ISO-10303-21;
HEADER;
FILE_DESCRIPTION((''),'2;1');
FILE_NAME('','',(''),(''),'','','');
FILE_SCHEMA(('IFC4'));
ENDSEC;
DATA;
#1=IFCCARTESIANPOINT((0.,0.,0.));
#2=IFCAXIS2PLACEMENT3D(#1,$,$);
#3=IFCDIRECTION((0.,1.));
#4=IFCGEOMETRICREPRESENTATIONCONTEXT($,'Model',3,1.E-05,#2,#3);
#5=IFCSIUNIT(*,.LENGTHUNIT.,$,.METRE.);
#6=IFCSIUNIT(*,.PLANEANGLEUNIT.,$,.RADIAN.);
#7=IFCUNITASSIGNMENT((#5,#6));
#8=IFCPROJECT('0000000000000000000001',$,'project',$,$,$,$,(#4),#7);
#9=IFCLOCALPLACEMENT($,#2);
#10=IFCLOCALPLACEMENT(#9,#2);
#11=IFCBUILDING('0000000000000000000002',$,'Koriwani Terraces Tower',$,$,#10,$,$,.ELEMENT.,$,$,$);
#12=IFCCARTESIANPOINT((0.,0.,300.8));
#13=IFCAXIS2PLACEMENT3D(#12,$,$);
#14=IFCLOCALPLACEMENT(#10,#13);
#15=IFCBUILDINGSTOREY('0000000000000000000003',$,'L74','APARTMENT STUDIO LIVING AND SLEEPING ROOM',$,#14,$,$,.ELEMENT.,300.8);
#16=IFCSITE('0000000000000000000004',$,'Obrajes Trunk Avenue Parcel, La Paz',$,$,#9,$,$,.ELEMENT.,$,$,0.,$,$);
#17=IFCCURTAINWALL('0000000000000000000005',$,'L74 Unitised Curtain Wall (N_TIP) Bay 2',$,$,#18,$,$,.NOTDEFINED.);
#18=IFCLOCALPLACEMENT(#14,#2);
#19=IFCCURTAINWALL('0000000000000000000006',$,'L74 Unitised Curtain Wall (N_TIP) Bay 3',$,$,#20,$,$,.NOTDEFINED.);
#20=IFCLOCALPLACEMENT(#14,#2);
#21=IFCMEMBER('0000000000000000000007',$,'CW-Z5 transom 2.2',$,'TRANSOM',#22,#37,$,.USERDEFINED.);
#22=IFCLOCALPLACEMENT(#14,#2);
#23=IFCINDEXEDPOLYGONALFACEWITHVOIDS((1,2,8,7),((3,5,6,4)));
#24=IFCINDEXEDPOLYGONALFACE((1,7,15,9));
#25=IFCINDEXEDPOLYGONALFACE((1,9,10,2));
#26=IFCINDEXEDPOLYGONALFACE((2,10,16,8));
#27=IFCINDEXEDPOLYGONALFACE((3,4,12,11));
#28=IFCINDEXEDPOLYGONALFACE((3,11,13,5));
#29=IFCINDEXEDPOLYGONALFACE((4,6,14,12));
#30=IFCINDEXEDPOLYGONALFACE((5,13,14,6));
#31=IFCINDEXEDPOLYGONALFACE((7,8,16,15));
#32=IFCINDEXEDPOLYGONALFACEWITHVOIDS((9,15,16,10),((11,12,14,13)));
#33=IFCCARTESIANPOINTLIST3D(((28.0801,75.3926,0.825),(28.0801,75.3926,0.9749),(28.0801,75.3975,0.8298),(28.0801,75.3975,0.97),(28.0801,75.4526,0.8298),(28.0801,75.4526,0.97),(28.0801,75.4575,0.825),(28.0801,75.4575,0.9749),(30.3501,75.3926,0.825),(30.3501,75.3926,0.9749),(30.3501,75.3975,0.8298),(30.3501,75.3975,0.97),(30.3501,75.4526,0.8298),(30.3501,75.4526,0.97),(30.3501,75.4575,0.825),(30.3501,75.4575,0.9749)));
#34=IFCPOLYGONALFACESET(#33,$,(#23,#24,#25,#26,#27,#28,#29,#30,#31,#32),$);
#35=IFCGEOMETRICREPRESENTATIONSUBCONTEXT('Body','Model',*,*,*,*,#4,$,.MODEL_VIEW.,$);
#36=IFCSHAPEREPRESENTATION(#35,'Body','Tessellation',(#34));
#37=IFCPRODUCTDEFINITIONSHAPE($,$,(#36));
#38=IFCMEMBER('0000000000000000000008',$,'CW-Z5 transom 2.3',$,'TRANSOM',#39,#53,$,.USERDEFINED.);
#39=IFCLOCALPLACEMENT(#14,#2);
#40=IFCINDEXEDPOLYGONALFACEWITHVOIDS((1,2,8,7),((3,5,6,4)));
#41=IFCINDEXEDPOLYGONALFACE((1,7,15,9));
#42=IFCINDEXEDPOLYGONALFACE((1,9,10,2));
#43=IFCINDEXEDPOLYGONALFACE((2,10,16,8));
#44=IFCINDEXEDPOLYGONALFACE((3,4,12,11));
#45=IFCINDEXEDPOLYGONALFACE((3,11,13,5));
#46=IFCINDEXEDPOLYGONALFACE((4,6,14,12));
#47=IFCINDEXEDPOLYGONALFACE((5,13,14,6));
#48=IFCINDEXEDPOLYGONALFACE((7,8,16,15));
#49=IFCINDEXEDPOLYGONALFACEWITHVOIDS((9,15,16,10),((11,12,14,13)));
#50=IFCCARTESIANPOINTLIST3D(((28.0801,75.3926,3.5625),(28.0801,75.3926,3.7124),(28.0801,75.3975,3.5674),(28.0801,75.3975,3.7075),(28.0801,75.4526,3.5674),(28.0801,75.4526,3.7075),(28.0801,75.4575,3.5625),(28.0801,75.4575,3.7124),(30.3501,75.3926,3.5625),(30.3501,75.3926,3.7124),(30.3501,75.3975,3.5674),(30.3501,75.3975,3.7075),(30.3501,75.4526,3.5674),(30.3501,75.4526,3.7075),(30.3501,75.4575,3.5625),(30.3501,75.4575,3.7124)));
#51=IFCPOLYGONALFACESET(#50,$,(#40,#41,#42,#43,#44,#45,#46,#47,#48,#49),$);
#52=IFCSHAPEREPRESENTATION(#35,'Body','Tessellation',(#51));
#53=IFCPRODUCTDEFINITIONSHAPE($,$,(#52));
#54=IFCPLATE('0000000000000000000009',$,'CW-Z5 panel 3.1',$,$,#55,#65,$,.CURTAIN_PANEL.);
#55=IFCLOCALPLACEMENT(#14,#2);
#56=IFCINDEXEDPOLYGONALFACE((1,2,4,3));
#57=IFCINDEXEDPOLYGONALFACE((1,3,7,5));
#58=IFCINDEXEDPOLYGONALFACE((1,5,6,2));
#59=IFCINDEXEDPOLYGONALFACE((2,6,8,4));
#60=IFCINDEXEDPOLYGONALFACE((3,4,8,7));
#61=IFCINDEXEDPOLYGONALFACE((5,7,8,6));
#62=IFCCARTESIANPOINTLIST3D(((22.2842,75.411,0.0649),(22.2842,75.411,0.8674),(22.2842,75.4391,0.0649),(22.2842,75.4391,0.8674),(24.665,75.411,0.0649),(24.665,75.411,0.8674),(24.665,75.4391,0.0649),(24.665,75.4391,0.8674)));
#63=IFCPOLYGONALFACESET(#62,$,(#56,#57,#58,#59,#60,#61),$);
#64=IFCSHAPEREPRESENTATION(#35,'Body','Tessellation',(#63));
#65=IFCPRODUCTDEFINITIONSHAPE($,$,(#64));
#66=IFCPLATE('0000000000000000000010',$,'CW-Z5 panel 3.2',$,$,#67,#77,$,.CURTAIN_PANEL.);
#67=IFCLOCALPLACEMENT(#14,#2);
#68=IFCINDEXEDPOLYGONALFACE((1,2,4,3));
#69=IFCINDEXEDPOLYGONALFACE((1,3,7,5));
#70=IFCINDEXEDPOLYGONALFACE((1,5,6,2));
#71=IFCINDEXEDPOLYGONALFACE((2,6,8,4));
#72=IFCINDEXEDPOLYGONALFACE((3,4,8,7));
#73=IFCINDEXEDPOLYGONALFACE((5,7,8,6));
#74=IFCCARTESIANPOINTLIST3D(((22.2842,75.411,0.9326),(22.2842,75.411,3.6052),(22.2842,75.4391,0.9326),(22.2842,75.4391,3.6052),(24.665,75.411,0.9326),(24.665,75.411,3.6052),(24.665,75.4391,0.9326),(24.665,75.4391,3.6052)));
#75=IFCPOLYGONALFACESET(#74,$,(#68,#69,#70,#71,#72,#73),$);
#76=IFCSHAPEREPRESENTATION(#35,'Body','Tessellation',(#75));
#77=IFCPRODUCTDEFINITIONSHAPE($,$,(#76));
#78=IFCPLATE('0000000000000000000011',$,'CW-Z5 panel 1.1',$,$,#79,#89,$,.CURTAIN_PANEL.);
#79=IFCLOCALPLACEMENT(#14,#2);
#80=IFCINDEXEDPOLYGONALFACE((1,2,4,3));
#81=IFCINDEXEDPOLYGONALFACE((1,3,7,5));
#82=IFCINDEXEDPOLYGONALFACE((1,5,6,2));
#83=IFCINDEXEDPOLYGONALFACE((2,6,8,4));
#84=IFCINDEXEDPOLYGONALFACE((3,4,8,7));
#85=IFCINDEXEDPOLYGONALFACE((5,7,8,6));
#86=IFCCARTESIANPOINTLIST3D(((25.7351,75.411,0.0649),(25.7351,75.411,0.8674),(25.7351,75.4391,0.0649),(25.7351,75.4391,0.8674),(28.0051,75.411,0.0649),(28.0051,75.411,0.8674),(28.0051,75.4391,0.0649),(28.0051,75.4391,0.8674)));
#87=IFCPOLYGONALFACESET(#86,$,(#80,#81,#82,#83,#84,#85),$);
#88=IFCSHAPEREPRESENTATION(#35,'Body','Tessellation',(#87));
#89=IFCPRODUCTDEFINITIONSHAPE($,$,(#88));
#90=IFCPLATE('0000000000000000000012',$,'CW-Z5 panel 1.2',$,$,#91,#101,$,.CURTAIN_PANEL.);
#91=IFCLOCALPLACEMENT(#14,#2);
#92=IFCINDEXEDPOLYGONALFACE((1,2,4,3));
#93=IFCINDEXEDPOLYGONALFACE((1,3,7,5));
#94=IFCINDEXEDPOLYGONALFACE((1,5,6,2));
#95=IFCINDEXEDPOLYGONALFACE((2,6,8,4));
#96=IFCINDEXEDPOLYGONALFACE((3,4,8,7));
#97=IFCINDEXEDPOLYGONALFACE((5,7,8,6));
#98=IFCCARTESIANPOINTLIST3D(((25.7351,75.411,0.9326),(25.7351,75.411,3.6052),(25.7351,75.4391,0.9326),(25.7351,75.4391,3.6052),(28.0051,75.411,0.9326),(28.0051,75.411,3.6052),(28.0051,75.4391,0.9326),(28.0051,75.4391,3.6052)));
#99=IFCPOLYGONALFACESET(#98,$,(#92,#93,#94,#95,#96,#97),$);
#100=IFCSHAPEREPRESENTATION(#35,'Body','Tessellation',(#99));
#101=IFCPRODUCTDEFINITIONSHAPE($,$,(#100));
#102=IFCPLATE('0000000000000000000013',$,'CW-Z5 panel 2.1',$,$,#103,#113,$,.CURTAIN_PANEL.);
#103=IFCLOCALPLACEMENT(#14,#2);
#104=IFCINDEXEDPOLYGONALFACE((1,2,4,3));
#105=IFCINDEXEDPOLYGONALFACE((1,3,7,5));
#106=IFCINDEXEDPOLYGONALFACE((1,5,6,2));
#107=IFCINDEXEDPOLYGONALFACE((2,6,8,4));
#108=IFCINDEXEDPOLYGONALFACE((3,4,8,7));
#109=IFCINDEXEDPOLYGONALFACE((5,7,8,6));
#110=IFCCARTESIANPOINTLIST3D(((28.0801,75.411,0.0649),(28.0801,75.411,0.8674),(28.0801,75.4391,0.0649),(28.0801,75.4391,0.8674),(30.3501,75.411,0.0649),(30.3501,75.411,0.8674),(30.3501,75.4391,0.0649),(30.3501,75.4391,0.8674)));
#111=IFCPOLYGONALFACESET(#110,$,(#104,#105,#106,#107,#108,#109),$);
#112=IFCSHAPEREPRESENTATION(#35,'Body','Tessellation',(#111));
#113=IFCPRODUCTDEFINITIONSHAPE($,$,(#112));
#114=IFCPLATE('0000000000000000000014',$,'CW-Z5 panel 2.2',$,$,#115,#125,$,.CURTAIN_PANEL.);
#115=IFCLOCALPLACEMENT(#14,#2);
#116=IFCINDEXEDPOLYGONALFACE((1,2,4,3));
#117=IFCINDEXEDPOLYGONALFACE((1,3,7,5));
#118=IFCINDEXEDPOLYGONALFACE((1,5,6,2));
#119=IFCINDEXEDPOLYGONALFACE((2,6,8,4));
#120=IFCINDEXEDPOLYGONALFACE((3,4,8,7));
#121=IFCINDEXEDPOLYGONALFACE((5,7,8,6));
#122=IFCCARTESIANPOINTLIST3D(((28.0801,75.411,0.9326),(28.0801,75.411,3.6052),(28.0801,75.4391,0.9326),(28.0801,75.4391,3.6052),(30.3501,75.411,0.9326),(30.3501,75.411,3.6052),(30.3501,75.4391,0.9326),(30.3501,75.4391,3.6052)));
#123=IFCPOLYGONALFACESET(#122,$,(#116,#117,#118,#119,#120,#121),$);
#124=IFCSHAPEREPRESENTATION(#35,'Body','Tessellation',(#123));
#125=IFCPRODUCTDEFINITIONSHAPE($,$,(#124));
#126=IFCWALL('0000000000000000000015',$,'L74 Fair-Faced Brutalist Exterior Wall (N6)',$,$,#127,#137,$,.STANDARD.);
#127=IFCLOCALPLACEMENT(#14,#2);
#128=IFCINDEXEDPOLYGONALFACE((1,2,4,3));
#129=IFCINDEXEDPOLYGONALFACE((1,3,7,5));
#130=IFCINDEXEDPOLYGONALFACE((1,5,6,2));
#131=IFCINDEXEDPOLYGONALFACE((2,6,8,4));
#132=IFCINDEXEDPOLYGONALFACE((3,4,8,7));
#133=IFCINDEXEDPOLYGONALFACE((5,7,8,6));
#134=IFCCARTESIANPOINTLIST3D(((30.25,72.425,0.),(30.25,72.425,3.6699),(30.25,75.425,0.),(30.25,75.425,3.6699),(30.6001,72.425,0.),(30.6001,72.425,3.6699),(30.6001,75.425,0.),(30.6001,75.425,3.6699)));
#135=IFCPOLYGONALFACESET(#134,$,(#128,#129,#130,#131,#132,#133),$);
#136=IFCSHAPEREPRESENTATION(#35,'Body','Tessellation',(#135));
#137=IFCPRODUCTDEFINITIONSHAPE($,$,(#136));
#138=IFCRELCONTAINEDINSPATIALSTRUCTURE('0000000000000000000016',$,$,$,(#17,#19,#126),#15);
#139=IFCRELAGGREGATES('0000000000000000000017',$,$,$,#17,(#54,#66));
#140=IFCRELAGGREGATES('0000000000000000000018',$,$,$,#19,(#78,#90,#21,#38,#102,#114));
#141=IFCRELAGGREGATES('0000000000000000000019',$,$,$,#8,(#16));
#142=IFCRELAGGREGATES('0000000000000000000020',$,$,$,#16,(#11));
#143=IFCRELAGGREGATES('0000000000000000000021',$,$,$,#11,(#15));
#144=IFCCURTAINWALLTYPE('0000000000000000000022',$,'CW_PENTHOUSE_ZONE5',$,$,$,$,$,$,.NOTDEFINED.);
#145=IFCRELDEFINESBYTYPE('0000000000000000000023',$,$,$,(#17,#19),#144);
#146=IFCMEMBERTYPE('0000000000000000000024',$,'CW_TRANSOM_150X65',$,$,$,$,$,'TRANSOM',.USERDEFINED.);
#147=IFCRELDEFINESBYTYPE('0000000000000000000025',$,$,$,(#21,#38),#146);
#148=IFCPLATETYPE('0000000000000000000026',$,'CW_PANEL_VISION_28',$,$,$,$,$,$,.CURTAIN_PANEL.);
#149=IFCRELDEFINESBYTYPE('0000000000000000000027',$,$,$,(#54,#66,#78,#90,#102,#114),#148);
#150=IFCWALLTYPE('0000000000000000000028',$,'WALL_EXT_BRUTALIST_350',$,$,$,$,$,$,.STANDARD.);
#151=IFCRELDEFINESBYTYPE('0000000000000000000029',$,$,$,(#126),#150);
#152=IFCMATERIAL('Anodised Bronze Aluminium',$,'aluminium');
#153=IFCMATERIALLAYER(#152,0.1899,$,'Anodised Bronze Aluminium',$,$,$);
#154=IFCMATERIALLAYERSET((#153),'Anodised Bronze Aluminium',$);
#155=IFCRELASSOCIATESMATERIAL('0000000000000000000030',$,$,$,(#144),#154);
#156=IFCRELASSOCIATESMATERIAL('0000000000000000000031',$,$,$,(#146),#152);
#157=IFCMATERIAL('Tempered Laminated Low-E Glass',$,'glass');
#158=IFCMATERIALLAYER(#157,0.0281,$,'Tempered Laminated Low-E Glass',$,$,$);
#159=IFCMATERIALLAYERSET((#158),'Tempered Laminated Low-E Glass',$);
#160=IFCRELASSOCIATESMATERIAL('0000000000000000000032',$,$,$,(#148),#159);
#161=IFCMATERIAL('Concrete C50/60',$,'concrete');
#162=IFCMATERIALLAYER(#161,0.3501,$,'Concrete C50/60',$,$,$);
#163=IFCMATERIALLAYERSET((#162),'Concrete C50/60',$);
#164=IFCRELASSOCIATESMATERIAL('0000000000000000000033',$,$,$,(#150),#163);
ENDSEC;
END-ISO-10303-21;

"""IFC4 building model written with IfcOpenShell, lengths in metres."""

from ifc_helpers import new_model, si_unit, direction, frame, frame_2d, origin, origin_2d, place, context, subcontext, project, spatial, rectangle, hollow_rectangle, extrude, material, layer, layer_set, material_profile, profile_set, type_object, element, aggregate, save


model = new_model("IFC4")

# Units and contexts
model_context = context("Model", 3, precision=1e-05, world=origin(), true_north=direction((0.0, 1.0)))
body_context = subcontext(model_context, "Body", "Model", "MODEL_VIEW")
ifc_project = project(units=[si_unit("LENGTHUNIT", "METRE"), si_unit("PLANEANGLEUNIT", "RADIAN")], contexts=[model_context])

# Site, building, storey
site_placement = place(None, origin())
site = spatial("IfcSite", under=ifc_project, at=site_placement, Name="Obrajes Trunk Avenue Parcel, La Paz", CompositionType="ELEMENT", RefElevation=0.0)
building_placement = place(site_placement, origin())
building = spatial("IfcBuilding", under=site, at=building_placement, Name="Koriwani Terraces Tower", CompositionType="ELEMENT")
storey_placement = place(building_placement, frame((0.0, 0.0, 300.8)))
storey = spatial("IfcBuildingStorey", under=building, at=storey_placement, Name="L74", Description="APARTMENT STUDIO LIVING AND SLEEPING ROOM", CompositionType="ELEMENT", Elevation=300.8)

# Shared definitions
ifc_material_1 = material(Name="Concrete C50/60", Category="concrete")

# Curtain wall
ifc_material_2 = material(Name="Anodised Bronze Aluminium", Category="aluminium")
ifc_layer_1 = layer(ifc_material_2, 0.1899, Name="Anodised Bronze Aluminium")
ifc_layer_set_1 = layer_set([ifc_layer_1], Name="Anodised Bronze Aluminium")
curtain_wall_type = type_object("IfcCurtainWallType", Name="CW_PENTHOUSE_ZONE5", PredefinedType="NOTDEFINED", material=ifc_layer_set_1)
curtain_wall_1_placement = place(storey_placement, origin())
curtain_wall_1 = element("IfcCurtainWall", 1, at=curtain_wall_1_placement, inside=storey, type_object=curtain_wall_type, Name="L74 Unitised Curtain Wall (N_TIP) Bay 2", PredefinedType="NOTDEFINED")

# Curtain wall
curtain_wall_2_placement = place(storey_placement, origin())
curtain_wall_2 = element("IfcCurtainWall", 2, at=curtain_wall_2_placement, inside=storey, type_object=curtain_wall_type, Name="L74 Unitised Curtain Wall (N_TIP) Bay 3", PredefinedType="NOTDEFINED")

# Members
ifc_material_profile_1 = material_profile(ifc_material_2, hollow_rectangle(XDim=0.0649, YDim=0.1499, WallThickness=0.0049, at=origin_2d()), Name="Anodised Bronze Aluminium", Category="LoadBearing")
ifc_profile_set_1 = profile_set([ifc_material_profile_1], Name="Anodised Bronze Aluminium")
member_type_1 = type_object("IfcMemberType", Name="CW_TRANSOM_150X65", ElementType="TRANSOM", PredefinedType="USERDEFINED", material=ifc_profile_set_1)
member_1_placement = place(storey_placement, frame((28.0801, 75.425, 0.8999), z_axis=(1.0, 0.0, 0.0), x_axis=(0.0, 1.0, 0.0)))
member_1 = element("IfcMember", 3, at=member_1_placement, type_object=member_type_1, Name="CW-Z5 transom 2.2", ObjectType="TRANSOM", PredefinedType="USERDEFINED", context=body_context, shape_type="SweptSolid", body=[
    extrude(hollow_rectangle(XDim=0.0649, YDim=0.1499, WallThickness=0.0049, at=origin_2d()), origin(), (0.0, 0.0, 1.0), 2.27),
])
member_2_placement = place(storey_placement, frame((28.0801, 75.425, 3.6375), z_axis=(1.0, 0.0, 0.0), x_axis=(0.0, 1.0, 0.0)))
member_2 = element("IfcMember", 4, at=member_2_placement, type_object=member_type_1, Name="CW-Z5 transom 2.3", ObjectType="TRANSOM", PredefinedType="USERDEFINED", context=body_context, shape_type="SweptSolid", body=[
    extrude(hollow_rectangle(XDim=0.0649, YDim=0.1499, WallThickness=0.0049, at=origin_2d()), origin(), (0.0, 0.0, 1.0), 2.27),
])

# Plates
ifc_material_3 = material(Name="Tempered Laminated Low-E Glass", Category="glass")
ifc_layer_2 = layer(ifc_material_3, 0.0281, Name="Tempered Laminated Low-E Glass")
ifc_layer_set_2 = layer_set([ifc_layer_2], Name="Tempered Laminated Low-E Glass")
plate_type = type_object("IfcPlateType", Name="CW_PANEL_VISION_28", PredefinedType="CURTAIN_PANEL", material=ifc_layer_set_2)
plate_1_placement = place(storey_placement, frame((23.4746, 75.425, 0.0649), z_axis=(0.0, 0.0, 1.0), x_axis=(1.0, 0.0, 0.0)))
plate_1 = element("IfcPlate", 5, at=plate_1_placement, type_object=plate_type, Name="CW-Z5 panel 3.1", PredefinedType="CURTAIN_PANEL", context=body_context, shape_type="SweptSolid", body=[
    extrude(rectangle(XDim=2.3809, YDim=0.0281, at=origin_2d()), origin(), (0.0, 0.0, 1.0), 0.8025),
])
plate_2_placement = place(storey_placement, frame((23.4746, 75.425, 0.9326), z_axis=(0.0, 0.0, 1.0), x_axis=(1.0, 0.0, 0.0)))
plate_2 = element("IfcPlate", 6, at=plate_2_placement, type_object=plate_type, Name="CW-Z5 panel 3.2", PredefinedType="CURTAIN_PANEL", context=body_context, shape_type="SweptSolid", body=[
    extrude(rectangle(XDim=2.3809, YDim=0.0281, at=origin_2d()), origin(), (0.0, 0.0, 1.0), 2.6726),
])
aggregate(curtain_wall_1, [plate_1, plate_2])
plate_3_placement = place(storey_placement, frame((26.8701, 75.425, 0.0649), z_axis=(0.0, 0.0, 1.0), x_axis=(1.0, 0.0, 0.0)))
plate_3 = element("IfcPlate", 7, at=plate_3_placement, type_object=plate_type, Name="CW-Z5 panel 1.1", PredefinedType="CURTAIN_PANEL", context=body_context, shape_type="SweptSolid", body=[
    extrude(rectangle(XDim=2.27, YDim=0.0281, at=origin_2d()), origin(), (0.0, 0.0, 1.0), 0.8025),
])
plate_4_placement = place(storey_placement, frame((26.8701, 75.425, 0.9326), z_axis=(0.0, 0.0, 1.0), x_axis=(1.0, 0.0, 0.0)))
plate_4 = element("IfcPlate", 8, at=plate_4_placement, type_object=plate_type, Name="CW-Z5 panel 1.2", PredefinedType="CURTAIN_PANEL", context=body_context, shape_type="SweptSolid", body=[
    extrude(rectangle(XDim=2.27, YDim=0.0281, at=origin_2d()), origin(), (0.0, 0.0, 1.0), 2.6726),
])
plate_5_placement = place(storey_placement, frame((29.2151, 75.425, 0.0649), z_axis=(0.0, 0.0, 1.0), x_axis=(1.0, 0.0, 0.0)))
plate_5 = element("IfcPlate", 9, at=plate_5_placement, type_object=plate_type, Name="CW-Z5 panel 2.1", PredefinedType="CURTAIN_PANEL", context=body_context, shape_type="SweptSolid", body=[
    extrude(rectangle(XDim=2.27, YDim=0.0281, at=origin_2d()), origin(), (0.0, 0.0, 1.0), 0.8025),
])
plate_6_placement = place(storey_placement, frame((29.2151, 75.425, 0.9326), z_axis=(0.0, 0.0, 1.0), x_axis=(1.0, 0.0, 0.0)))
plate_6 = element("IfcPlate", 10, at=plate_6_placement, type_object=plate_type, Name="CW-Z5 panel 2.2", PredefinedType="CURTAIN_PANEL", context=body_context, shape_type="SweptSolid", body=[
    extrude(rectangle(XDim=2.27, YDim=0.0281, at=origin_2d()), origin(), (0.0, 0.0, 1.0), 2.6726),
])
aggregate(curtain_wall_2, [plate_3, plate_4, member_1, member_2, plate_5, plate_6])

# Wall
ifc_layer_3 = layer(ifc_material_1, 0.3501, Name="Concrete C50/60")
ifc_layer_set_3 = layer_set([ifc_layer_3], Name="Concrete C50/60")
wall_type = type_object("IfcWallType", Name="WALL_EXT_BRUTALIST_350", PredefinedType="STANDARD", material=ifc_layer_set_3)
wall_placement = place(storey_placement, frame((30.425, 75.425, 0.0), z_axis=(0.0, 0.0, 1.0), x_axis=(0.0, -1.0, 0.0)))
element("IfcWall", 11, at=wall_placement, inside=storey, type_object=wall_type, Name="L74 Fair-Faced Brutalist Exterior Wall (N6)", PredefinedType="STANDARD", context=body_context, shape_type="SweptSolid", body=[
    extrude(rectangle(XDim=3.0, YDim=0.3501, at=frame_2d((1.5, 0.0))), origin(), (0.0, 0.0, 1.0), 3.6699),
])

save(model, "model.ifc")
